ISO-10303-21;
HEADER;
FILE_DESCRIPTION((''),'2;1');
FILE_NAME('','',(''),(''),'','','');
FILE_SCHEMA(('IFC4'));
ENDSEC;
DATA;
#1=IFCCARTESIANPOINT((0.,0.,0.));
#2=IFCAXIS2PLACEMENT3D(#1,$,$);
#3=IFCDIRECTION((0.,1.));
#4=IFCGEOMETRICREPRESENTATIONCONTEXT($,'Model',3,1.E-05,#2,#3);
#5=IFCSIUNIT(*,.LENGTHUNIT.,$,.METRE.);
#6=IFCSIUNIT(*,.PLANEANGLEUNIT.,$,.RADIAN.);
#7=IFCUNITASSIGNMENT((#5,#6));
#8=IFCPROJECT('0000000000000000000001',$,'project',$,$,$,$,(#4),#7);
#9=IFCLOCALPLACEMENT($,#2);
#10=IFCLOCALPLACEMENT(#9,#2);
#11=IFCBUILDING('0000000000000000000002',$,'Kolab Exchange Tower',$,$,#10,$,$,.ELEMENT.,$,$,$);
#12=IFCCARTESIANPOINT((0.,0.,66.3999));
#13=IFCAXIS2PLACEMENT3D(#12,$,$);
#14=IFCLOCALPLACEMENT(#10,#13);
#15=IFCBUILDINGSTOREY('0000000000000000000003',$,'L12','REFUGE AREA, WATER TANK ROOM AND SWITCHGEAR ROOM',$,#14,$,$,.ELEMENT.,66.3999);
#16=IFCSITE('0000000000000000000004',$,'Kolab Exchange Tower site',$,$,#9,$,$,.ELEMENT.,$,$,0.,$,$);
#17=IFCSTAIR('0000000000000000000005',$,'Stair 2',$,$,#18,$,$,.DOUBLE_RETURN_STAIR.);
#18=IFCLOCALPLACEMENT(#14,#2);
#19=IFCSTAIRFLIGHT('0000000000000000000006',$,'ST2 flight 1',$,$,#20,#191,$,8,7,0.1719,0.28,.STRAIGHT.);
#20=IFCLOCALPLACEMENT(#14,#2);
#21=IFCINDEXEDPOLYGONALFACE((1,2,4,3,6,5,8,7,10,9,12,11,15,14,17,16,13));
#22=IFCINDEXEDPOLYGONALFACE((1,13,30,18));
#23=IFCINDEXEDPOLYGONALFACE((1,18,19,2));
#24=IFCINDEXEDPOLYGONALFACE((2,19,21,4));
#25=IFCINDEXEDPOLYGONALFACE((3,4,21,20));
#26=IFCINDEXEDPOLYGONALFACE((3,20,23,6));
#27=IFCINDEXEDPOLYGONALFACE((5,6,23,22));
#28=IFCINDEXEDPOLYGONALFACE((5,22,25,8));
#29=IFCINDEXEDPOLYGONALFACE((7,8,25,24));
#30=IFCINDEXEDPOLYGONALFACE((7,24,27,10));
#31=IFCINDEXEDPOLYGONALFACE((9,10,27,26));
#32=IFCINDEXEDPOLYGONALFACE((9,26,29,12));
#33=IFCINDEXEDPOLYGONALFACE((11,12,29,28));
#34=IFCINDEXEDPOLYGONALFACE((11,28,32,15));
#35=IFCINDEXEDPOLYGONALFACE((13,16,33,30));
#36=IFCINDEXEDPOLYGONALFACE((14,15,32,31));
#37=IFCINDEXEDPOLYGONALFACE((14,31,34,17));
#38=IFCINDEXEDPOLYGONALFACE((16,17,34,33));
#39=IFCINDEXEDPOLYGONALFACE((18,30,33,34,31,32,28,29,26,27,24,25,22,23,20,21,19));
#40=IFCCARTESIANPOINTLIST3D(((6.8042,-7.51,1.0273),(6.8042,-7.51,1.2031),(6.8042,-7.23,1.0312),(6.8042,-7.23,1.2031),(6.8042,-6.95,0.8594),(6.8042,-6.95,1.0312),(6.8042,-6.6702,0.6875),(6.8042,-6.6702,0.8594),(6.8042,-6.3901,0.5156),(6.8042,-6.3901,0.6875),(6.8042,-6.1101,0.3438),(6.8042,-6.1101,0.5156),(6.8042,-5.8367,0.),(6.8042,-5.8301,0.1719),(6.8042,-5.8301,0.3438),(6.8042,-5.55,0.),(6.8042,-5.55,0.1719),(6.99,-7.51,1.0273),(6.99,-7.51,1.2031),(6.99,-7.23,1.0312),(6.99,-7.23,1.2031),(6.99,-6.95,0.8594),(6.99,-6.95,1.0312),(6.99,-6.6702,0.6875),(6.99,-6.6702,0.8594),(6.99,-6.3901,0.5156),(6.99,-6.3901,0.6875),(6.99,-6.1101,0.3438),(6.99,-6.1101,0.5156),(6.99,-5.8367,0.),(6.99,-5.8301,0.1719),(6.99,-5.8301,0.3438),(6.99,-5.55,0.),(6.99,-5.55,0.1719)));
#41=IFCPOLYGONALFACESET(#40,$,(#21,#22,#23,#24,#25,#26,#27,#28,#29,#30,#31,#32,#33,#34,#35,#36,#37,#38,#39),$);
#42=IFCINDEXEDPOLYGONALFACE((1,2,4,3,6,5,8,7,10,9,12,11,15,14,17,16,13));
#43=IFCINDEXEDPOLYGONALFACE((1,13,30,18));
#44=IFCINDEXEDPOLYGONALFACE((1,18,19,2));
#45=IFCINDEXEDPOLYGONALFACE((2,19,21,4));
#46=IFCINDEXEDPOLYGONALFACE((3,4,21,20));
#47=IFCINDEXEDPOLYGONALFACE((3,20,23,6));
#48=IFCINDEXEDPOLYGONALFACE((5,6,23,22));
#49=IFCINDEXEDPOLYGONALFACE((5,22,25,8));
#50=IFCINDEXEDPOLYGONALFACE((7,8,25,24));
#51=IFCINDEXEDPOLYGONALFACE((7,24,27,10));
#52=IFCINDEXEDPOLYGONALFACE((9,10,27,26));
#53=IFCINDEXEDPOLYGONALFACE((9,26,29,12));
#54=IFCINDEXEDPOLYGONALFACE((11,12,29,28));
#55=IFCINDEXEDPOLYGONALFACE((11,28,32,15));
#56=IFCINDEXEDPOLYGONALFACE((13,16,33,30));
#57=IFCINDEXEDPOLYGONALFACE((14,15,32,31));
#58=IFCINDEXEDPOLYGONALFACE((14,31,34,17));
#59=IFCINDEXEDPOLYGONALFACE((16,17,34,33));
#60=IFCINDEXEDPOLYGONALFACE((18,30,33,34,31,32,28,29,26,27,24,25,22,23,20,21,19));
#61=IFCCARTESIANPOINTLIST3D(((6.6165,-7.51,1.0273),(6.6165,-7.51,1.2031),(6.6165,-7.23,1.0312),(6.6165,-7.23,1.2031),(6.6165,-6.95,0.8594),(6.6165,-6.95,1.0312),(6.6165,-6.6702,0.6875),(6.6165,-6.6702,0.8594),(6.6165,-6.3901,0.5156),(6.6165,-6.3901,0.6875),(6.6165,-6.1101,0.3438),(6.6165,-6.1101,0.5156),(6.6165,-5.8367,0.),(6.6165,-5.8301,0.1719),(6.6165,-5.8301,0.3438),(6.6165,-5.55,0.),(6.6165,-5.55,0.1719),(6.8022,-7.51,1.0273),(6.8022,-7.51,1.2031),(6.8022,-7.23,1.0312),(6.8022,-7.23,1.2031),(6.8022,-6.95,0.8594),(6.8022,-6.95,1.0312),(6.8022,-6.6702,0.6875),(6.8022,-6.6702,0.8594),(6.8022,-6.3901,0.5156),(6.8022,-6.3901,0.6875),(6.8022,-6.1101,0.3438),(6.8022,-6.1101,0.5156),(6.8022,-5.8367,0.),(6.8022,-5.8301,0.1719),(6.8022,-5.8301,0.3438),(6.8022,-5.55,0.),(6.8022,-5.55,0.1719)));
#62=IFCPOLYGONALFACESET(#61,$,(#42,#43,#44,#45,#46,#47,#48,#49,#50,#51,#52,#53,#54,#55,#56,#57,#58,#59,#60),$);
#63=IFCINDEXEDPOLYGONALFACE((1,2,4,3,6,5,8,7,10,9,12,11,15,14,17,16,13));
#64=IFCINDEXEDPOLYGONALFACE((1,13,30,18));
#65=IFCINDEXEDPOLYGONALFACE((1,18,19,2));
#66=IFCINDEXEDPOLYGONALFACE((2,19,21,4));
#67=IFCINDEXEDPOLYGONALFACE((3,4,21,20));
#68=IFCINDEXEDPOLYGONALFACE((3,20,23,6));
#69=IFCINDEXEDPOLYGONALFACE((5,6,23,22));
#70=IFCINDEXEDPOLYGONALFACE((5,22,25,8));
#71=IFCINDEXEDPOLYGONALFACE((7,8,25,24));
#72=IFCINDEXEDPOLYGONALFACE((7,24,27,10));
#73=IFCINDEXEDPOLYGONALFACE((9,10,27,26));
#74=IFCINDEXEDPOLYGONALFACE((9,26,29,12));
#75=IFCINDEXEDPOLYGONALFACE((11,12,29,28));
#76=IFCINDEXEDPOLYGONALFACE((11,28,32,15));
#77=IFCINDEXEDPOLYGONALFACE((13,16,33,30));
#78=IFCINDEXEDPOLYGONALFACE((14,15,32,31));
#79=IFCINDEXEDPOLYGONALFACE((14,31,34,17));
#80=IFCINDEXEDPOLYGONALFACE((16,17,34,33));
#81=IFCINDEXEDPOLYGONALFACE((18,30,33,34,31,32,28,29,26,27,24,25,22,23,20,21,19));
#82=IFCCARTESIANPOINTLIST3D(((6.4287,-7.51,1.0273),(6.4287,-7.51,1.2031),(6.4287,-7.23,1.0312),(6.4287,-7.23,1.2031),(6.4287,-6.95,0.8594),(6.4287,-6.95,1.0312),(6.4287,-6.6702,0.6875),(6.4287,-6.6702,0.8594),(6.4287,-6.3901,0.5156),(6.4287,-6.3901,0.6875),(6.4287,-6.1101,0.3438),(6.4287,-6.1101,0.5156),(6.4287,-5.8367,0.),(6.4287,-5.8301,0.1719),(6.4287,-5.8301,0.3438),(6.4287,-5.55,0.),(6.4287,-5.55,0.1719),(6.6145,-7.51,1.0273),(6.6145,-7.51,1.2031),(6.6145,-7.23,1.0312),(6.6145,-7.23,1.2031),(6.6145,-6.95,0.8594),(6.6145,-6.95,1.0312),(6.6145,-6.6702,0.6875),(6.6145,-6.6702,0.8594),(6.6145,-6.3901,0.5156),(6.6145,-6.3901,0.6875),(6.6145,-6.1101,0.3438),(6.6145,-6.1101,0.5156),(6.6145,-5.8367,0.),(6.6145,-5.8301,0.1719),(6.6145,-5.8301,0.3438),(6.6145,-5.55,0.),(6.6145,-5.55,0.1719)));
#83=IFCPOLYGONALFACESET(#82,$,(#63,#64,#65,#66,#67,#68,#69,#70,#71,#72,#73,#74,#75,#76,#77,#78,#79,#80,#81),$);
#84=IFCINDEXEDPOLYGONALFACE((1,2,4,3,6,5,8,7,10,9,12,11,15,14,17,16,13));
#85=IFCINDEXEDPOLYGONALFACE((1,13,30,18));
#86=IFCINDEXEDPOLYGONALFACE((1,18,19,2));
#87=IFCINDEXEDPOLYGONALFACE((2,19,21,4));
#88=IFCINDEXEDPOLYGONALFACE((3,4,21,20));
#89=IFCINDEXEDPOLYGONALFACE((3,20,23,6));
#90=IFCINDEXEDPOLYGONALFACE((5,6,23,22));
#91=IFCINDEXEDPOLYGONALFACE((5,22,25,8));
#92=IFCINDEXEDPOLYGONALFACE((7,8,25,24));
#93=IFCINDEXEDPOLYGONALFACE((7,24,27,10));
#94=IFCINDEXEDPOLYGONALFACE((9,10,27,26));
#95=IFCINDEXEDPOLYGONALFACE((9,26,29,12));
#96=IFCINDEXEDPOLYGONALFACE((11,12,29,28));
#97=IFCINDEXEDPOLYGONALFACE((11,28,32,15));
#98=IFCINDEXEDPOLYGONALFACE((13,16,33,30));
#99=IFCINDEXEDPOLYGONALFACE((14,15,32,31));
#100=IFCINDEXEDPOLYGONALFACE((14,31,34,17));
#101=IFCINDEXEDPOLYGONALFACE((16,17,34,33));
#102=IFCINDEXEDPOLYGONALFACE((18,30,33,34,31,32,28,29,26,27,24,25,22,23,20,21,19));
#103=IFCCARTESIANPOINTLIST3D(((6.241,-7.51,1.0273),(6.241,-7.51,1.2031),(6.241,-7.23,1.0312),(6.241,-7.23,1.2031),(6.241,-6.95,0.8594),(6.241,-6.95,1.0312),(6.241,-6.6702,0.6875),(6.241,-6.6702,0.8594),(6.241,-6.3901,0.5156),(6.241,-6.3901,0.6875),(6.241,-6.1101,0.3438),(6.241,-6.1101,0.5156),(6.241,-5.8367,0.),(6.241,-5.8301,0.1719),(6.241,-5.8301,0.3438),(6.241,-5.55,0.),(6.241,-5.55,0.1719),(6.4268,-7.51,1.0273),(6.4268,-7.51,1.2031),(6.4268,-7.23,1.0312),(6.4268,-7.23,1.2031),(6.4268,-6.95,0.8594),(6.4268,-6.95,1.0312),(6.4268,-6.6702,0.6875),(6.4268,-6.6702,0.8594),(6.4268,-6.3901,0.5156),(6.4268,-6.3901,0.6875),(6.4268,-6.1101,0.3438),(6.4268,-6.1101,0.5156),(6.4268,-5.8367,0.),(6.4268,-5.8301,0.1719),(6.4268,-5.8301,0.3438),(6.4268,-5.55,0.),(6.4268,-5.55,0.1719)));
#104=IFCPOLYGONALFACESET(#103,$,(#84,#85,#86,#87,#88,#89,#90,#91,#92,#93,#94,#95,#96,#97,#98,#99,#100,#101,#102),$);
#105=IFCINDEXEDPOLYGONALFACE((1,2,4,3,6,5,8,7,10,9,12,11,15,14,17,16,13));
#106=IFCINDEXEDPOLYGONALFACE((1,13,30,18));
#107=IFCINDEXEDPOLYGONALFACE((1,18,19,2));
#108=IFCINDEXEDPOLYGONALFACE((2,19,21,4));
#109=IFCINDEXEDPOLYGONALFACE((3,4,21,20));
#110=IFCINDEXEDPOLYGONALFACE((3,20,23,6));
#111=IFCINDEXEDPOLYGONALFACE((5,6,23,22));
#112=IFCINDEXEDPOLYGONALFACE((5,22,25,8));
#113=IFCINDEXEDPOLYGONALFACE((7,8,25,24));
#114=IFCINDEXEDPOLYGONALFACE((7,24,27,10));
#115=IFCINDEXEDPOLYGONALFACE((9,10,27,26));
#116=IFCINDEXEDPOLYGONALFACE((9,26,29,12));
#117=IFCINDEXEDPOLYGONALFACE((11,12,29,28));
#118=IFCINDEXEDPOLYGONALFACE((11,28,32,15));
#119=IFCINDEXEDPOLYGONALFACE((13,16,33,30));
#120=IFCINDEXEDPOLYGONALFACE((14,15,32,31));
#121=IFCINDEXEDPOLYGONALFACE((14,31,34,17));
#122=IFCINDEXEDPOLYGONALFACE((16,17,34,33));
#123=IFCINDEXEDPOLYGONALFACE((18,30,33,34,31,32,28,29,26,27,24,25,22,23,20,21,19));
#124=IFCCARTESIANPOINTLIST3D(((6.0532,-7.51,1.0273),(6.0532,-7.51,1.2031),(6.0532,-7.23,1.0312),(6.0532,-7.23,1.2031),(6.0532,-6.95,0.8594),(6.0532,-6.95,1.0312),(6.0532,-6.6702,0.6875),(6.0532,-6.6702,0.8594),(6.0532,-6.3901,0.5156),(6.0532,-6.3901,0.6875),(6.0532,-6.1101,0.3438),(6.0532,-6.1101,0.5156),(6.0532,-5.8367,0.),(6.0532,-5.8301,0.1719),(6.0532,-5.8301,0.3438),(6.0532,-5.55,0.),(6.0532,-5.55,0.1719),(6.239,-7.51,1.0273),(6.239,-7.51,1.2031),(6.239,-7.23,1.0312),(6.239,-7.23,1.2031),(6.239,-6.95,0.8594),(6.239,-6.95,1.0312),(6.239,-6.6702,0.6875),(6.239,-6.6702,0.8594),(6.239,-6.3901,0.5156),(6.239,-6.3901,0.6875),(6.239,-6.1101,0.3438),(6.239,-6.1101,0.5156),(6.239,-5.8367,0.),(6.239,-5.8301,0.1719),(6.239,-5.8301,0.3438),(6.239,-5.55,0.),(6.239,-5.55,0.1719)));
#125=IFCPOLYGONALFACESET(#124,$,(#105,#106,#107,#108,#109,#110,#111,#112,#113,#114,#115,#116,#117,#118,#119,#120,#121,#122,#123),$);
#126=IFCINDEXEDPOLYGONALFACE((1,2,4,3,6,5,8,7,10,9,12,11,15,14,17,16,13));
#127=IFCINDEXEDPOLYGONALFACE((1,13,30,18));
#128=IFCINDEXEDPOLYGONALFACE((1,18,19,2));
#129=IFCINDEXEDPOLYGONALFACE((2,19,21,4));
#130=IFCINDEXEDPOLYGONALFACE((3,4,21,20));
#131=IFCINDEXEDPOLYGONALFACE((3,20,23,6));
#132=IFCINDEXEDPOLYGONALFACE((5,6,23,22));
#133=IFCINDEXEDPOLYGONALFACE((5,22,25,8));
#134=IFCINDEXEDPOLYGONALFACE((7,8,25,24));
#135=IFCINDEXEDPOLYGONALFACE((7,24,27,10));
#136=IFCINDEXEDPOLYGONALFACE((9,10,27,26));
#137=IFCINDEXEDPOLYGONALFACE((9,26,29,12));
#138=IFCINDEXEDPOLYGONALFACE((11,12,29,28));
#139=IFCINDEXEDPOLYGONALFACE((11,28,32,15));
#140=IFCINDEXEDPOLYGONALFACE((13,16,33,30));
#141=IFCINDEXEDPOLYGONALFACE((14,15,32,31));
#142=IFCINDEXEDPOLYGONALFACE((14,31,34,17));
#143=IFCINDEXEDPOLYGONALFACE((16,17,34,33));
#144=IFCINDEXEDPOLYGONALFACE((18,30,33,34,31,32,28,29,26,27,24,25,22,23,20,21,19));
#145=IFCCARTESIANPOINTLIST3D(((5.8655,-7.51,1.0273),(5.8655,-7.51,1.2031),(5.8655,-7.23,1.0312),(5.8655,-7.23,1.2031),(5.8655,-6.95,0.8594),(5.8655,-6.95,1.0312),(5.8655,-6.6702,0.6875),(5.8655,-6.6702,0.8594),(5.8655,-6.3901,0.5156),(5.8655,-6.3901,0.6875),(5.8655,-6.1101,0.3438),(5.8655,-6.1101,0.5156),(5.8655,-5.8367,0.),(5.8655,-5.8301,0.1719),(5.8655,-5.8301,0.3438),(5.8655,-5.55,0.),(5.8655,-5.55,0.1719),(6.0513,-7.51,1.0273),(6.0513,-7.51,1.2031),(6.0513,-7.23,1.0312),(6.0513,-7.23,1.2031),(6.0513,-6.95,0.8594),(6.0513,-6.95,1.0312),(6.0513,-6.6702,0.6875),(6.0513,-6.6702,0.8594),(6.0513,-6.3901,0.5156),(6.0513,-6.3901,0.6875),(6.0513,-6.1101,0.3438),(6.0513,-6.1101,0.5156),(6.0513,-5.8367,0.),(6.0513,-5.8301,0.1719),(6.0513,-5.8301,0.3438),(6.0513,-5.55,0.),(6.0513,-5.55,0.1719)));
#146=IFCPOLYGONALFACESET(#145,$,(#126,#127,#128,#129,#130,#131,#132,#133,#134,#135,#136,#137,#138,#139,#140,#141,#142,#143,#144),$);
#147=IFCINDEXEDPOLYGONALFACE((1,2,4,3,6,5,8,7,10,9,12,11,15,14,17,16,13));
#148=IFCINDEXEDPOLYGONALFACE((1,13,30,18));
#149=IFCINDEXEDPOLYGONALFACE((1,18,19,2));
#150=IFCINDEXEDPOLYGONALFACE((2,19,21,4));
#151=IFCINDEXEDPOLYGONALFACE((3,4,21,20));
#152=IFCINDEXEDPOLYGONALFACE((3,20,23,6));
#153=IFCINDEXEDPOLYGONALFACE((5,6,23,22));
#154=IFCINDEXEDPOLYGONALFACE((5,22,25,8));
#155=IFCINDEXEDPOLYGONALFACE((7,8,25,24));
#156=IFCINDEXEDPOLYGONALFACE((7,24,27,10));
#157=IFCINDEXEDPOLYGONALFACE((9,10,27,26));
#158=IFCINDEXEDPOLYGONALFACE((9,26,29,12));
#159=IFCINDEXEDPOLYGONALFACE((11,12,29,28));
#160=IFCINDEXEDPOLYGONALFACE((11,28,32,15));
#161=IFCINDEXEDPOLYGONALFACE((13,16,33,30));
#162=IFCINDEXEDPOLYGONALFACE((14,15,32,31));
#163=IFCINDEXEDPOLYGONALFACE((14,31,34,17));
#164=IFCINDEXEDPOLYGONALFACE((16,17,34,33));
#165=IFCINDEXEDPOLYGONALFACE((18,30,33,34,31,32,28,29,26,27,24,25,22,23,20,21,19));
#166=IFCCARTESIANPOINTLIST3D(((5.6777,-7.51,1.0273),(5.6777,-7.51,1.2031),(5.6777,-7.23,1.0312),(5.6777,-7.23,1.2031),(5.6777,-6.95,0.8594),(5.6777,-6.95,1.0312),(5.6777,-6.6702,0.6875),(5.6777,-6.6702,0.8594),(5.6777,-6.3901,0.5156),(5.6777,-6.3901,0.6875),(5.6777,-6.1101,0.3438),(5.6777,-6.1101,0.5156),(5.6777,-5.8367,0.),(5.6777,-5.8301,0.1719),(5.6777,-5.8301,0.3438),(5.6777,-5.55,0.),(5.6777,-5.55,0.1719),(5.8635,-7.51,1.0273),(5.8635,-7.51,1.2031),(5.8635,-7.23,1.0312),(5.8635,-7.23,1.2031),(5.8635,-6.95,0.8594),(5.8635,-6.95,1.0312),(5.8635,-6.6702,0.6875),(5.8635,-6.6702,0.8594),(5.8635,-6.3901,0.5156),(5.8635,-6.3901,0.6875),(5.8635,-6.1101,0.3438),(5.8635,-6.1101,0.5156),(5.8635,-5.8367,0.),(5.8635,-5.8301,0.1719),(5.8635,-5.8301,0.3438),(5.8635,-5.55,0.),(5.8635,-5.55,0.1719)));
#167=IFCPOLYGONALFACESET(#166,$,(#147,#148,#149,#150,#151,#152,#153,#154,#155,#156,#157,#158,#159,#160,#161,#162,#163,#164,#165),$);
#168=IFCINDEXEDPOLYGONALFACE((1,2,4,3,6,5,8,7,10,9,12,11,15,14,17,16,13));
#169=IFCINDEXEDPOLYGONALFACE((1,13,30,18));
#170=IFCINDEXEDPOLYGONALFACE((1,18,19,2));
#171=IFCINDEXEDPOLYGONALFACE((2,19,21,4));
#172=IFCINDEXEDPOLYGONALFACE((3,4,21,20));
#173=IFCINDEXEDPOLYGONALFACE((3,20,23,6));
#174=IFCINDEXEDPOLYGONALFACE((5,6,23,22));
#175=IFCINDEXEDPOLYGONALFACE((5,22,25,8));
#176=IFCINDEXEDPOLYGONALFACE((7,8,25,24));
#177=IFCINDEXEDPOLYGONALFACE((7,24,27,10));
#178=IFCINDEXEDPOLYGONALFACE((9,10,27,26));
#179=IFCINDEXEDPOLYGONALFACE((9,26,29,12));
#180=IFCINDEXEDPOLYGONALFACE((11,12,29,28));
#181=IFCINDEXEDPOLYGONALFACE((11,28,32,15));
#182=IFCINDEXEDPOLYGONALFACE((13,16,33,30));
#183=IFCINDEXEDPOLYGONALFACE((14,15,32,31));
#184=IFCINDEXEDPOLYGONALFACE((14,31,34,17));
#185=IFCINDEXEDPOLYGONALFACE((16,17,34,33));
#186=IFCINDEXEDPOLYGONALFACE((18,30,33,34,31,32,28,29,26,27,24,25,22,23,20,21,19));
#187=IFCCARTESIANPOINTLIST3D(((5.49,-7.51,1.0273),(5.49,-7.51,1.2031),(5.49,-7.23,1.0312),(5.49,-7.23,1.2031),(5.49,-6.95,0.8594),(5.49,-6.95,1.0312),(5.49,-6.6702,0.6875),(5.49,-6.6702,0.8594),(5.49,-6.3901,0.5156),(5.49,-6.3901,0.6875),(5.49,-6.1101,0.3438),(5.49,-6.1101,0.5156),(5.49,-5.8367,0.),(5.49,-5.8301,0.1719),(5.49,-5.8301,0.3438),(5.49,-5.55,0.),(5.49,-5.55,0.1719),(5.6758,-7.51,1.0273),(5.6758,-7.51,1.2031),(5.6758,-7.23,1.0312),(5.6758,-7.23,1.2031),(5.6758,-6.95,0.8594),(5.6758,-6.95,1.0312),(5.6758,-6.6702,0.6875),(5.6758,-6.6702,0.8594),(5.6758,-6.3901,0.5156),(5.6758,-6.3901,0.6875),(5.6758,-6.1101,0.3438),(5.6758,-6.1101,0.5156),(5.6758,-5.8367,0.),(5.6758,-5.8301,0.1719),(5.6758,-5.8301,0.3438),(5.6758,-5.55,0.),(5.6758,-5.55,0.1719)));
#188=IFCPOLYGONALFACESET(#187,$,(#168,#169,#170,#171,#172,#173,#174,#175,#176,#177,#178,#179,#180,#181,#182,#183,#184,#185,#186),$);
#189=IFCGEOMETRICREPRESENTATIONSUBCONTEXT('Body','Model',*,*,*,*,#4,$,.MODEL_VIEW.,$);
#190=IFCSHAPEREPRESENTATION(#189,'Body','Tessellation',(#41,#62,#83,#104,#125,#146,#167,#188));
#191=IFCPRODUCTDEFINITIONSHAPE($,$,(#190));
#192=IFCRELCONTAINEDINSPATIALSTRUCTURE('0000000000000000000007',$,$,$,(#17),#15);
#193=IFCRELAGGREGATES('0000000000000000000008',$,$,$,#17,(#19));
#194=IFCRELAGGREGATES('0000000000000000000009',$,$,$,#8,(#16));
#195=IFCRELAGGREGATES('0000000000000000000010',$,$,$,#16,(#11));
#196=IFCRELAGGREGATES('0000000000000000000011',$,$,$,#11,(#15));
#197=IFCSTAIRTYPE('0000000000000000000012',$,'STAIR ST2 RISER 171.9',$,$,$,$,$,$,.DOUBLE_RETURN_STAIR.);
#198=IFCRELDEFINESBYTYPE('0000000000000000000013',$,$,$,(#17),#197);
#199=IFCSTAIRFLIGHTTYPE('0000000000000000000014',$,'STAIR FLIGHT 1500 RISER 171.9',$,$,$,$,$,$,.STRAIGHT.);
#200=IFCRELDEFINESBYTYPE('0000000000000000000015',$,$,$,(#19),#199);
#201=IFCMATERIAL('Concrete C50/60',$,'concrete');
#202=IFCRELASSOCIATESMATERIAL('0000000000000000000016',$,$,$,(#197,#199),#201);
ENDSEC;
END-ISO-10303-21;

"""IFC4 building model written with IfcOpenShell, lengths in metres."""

from ifc_helpers import new_model, si_unit, direction, frame, origin, place, context, subcontext, project, spatial, polyline, outline, extrude, material, type_object, element, aggregate, save


model = new_model("IFC4")

# Units and contexts
model_context = context("Model", 3, precision=1e-05, world=origin(), true_north=direction((0.0, 1.0)))
body_context = subcontext(model_context, "Body", "Model", "MODEL_VIEW")
ifc_project = project(units=[si_unit("LENGTHUNIT", "METRE"), si_unit("PLANEANGLEUNIT", "RADIAN")], contexts=[model_context])

# Site, building, storey
site_placement = place(None, origin())
site = spatial("IfcSite", under=ifc_project, at=site_placement, Name="Kolab Exchange Tower site", CompositionType="ELEMENT", RefElevation=0.0)
building_placement = place(site_placement, origin())
building = spatial("IfcBuilding", under=site, at=building_placement, Name="Kolab Exchange Tower", CompositionType="ELEMENT")
storey_placement = place(building_placement, frame((0.0, 0.0, 66.3999)))
storey = spatial("IfcBuildingStorey", under=building, at=storey_placement, Name="L12", Description="REFUGE AREA, WATER TANK ROOM AND SWITCHGEAR ROOM", CompositionType="ELEMENT", Elevation=66.3999)

# Shared definitions
ifc_material_1 = material(Name="Concrete C50/60", Category="concrete")

# Stair, stair flight
stair_type = type_object("IfcStairType", Name="STAIR ST2 RISER 171.9", PredefinedType="DOUBLE_RETURN_STAIR", material=ifc_material_1)
stair_placement = place(storey_placement, origin())
stair = element("IfcStair", 1, at=stair_placement, inside=storey, type_object=stair_type, Name="Stair 2", PredefinedType="DOUBLE_RETURN_STAIR")
stair_flight_type = type_object("IfcStairFlightType", Name="STAIR FLIGHT 1500 RISER 171.9", PredefinedType="STRAIGHT", material=ifc_material_1)
stair_flight_1_placement = place(storey_placement, frame((6.24, -5.55, 0.0), z_axis=(0.0, 0.0, 1.0), x_axis=(0.0, -1.0, 0.0)))
stair_flight_1 = element("IfcStairFlight", 2, at=stair_flight_1_placement, type_object=stair_flight_type, Name="ST2 flight 1", NumberOfRisers=8, NumberOfTreads=7, PredefinedType="STRAIGHT", RiserHeight=0.1719, TreadLength=0.28, context=body_context, shape_type="SweptSolid", body=[
    extrude(outline(polyline([(0.0, 0.0), (0.0, 0.1719), (0.28, 0.1719), (0.28, 0.3438), (0.5601, 0.3438), (0.5601, 0.5156), (0.8401, 0.5156), (0.8401, 0.6875), (1.1201, 0.6875), (1.1201, 0.8594), (1.3999, 0.8594), (1.3999, 1.0312), (1.6799, 1.0312), (1.6799, 1.2031), (1.96, 1.2031), (1.96, 1.375), (1.96, 1.0273), (0.2866, 0.0), (0.0, 0.0)])), frame((0.0, 0.75, 0.0), z_axis=(0.0, -1.0, 0.0), x_axis=(1.0, 0.0, 0.0)), (0.0, 0.0, 1.0), 0.1858),
    extrude(outline(polyline([(0.0, 0.0), (0.0, 0.1719), (0.28, 0.1719), (0.28, 0.3438), (0.5601, 0.3438), (0.5601, 0.5156), (0.8401, 0.5156), (0.8401, 0.6875), (1.1201, 0.6875), (1.1201, 0.8594), (1.3999, 0.8594), (1.3999, 1.0312), (1.6799, 1.0312), (1.6799, 1.2031), (1.96, 1.2031), (1.96, 1.375), (1.96, 1.0273), (0.2866, 0.0), (0.0, 0.0)])), frame((0.0, 0.5623, 0.0), z_axis=(0.0, -1.0, 0.0), x_axis=(1.0, 0.0, 0.0)), (0.0, 0.0, 1.0), 0.1858),
    extrude(outline(polyline([(0.0, 0.0), (0.0, 0.1719), (0.28, 0.1719), (0.28, 0.3438), (0.5601, 0.3438), (0.5601, 0.5156), (0.8401, 0.5156), (0.8401, 0.6875), (1.1201, 0.6875), (1.1201, 0.8594), (1.3999, 0.8594), (1.3999, 1.0312), (1.6799, 1.0312), (1.6799, 1.2031), (1.96, 1.2031), (1.96, 1.375), (1.96, 1.0273), (0.2866, 0.0), (0.0, 0.0)])), frame((0.0, 0.3745, 0.0), z_axis=(0.0, -1.0, 0.0), x_axis=(1.0, 0.0, 0.0)), (0.0, 0.0, 1.0), 0.1858),
    extrude(outline(polyline([(0.0, 0.0), (0.0, 0.1719), (0.28, 0.1719), (0.28, 0.3438), (0.5601, 0.3438), (0.5601, 0.5156), (0.8401, 0.5156), (0.8401, 0.6875), (1.1201, 0.6875), (1.1201, 0.8594), (1.3999, 0.8594), (1.3999, 1.0312), (1.6799, 1.0312), (1.6799, 1.2031), (1.96, 1.2031), (1.96, 1.375), (1.96, 1.0273), (0.2866, 0.0), (0.0, 0.0)])), frame((0.0, 0.1868, 0.0), z_axis=(0.0, -1.0, 0.0), x_axis=(1.0, 0.0, 0.0)), (0.0, 0.0, 1.0), 0.1858),
    extrude(outline(polyline([(0.0, 0.0), (0.0, 0.1719), (0.28, 0.1719), (0.28, 0.3438), (0.5601, 0.3438), (0.5601, 0.5156), (0.8401, 0.5156), (0.8401, 0.6875), (1.1201, 0.6875), (1.1201, 0.8594), (1.3999, 0.8594), (1.3999, 1.0312), (1.6799, 1.0312), (1.6799, 1.2031), (1.96, 1.2031), (1.96, 1.375), (1.96, 1.0273), (0.2866, 0.0), (0.0, 0.0)])), frame((0.0, -0.001, 0.0), z_axis=(0.0, -1.0, 0.0), x_axis=(1.0, 0.0, 0.0)), (0.0, 0.0, 1.0), 0.1858),
    extrude(outline(polyline([(0.0, 0.0), (0.0, 0.1719), (0.28, 0.1719), (0.28, 0.3438), (0.5601, 0.3438), (0.5601, 0.5156), (0.8401, 0.5156), (0.8401, 0.6875), (1.1201, 0.6875), (1.1201, 0.8594), (1.3999, 0.8594), (1.3999, 1.0312), (1.6799, 1.0312), (1.6799, 1.2031), (1.96, 1.2031), (1.96, 1.375), (1.96, 1.0273), (0.2866, 0.0), (0.0, 0.0)])), frame((0.0, -0.1887, 0.0), z_axis=(0.0, -1.0, 0.0), x_axis=(1.0, 0.0, 0.0)), (0.0, 0.0, 1.0), 0.1858),
    extrude(outline(polyline([(0.0, 0.0), (0.0, 0.1719), (0.28, 0.1719), (0.28, 0.3438), (0.5601, 0.3438), (0.5601, 0.5156), (0.8401, 0.5156), (0.8401, 0.6875), (1.1201, 0.6875), (1.1201, 0.8594), (1.3999, 0.8594), (1.3999, 1.0312), (1.6799, 1.0312), (1.6799, 1.2031), (1.96, 1.2031), (1.96, 1.375), (1.96, 1.0273), (0.2866, 0.0), (0.0, 0.0)])), frame((0.0, -0.3765, 0.0), z_axis=(0.0, -1.0, 0.0), x_axis=(1.0, 0.0, 0.0)), (0.0, 0.0, 1.0), 0.1858),
    extrude(outline(polyline([(0.0, 0.0), (0.0, 0.1719), (0.28, 0.1719), (0.28, 0.3438), (0.5601, 0.3438), (0.5601, 0.5156), (0.8401, 0.5156), (0.8401, 0.6875), (1.1201, 0.6875), (1.1201, 0.8594), (1.3999, 0.8594), (1.3999, 1.0312), (1.6799, 1.0312), (1.6799, 1.2031), (1.96, 1.2031), (1.96, 1.375), (1.96, 1.0273), (0.2866, 0.0), (0.0, 0.0)])), frame((0.0, -0.5642, 0.0), z_axis=(0.0, -1.0, 0.0), x_axis=(1.0, 0.0, 0.0)), (0.0, 0.0, 1.0), 0.1858),
])
aggregate(stair, [stair_flight_1])

save(model, "model.ifc")
